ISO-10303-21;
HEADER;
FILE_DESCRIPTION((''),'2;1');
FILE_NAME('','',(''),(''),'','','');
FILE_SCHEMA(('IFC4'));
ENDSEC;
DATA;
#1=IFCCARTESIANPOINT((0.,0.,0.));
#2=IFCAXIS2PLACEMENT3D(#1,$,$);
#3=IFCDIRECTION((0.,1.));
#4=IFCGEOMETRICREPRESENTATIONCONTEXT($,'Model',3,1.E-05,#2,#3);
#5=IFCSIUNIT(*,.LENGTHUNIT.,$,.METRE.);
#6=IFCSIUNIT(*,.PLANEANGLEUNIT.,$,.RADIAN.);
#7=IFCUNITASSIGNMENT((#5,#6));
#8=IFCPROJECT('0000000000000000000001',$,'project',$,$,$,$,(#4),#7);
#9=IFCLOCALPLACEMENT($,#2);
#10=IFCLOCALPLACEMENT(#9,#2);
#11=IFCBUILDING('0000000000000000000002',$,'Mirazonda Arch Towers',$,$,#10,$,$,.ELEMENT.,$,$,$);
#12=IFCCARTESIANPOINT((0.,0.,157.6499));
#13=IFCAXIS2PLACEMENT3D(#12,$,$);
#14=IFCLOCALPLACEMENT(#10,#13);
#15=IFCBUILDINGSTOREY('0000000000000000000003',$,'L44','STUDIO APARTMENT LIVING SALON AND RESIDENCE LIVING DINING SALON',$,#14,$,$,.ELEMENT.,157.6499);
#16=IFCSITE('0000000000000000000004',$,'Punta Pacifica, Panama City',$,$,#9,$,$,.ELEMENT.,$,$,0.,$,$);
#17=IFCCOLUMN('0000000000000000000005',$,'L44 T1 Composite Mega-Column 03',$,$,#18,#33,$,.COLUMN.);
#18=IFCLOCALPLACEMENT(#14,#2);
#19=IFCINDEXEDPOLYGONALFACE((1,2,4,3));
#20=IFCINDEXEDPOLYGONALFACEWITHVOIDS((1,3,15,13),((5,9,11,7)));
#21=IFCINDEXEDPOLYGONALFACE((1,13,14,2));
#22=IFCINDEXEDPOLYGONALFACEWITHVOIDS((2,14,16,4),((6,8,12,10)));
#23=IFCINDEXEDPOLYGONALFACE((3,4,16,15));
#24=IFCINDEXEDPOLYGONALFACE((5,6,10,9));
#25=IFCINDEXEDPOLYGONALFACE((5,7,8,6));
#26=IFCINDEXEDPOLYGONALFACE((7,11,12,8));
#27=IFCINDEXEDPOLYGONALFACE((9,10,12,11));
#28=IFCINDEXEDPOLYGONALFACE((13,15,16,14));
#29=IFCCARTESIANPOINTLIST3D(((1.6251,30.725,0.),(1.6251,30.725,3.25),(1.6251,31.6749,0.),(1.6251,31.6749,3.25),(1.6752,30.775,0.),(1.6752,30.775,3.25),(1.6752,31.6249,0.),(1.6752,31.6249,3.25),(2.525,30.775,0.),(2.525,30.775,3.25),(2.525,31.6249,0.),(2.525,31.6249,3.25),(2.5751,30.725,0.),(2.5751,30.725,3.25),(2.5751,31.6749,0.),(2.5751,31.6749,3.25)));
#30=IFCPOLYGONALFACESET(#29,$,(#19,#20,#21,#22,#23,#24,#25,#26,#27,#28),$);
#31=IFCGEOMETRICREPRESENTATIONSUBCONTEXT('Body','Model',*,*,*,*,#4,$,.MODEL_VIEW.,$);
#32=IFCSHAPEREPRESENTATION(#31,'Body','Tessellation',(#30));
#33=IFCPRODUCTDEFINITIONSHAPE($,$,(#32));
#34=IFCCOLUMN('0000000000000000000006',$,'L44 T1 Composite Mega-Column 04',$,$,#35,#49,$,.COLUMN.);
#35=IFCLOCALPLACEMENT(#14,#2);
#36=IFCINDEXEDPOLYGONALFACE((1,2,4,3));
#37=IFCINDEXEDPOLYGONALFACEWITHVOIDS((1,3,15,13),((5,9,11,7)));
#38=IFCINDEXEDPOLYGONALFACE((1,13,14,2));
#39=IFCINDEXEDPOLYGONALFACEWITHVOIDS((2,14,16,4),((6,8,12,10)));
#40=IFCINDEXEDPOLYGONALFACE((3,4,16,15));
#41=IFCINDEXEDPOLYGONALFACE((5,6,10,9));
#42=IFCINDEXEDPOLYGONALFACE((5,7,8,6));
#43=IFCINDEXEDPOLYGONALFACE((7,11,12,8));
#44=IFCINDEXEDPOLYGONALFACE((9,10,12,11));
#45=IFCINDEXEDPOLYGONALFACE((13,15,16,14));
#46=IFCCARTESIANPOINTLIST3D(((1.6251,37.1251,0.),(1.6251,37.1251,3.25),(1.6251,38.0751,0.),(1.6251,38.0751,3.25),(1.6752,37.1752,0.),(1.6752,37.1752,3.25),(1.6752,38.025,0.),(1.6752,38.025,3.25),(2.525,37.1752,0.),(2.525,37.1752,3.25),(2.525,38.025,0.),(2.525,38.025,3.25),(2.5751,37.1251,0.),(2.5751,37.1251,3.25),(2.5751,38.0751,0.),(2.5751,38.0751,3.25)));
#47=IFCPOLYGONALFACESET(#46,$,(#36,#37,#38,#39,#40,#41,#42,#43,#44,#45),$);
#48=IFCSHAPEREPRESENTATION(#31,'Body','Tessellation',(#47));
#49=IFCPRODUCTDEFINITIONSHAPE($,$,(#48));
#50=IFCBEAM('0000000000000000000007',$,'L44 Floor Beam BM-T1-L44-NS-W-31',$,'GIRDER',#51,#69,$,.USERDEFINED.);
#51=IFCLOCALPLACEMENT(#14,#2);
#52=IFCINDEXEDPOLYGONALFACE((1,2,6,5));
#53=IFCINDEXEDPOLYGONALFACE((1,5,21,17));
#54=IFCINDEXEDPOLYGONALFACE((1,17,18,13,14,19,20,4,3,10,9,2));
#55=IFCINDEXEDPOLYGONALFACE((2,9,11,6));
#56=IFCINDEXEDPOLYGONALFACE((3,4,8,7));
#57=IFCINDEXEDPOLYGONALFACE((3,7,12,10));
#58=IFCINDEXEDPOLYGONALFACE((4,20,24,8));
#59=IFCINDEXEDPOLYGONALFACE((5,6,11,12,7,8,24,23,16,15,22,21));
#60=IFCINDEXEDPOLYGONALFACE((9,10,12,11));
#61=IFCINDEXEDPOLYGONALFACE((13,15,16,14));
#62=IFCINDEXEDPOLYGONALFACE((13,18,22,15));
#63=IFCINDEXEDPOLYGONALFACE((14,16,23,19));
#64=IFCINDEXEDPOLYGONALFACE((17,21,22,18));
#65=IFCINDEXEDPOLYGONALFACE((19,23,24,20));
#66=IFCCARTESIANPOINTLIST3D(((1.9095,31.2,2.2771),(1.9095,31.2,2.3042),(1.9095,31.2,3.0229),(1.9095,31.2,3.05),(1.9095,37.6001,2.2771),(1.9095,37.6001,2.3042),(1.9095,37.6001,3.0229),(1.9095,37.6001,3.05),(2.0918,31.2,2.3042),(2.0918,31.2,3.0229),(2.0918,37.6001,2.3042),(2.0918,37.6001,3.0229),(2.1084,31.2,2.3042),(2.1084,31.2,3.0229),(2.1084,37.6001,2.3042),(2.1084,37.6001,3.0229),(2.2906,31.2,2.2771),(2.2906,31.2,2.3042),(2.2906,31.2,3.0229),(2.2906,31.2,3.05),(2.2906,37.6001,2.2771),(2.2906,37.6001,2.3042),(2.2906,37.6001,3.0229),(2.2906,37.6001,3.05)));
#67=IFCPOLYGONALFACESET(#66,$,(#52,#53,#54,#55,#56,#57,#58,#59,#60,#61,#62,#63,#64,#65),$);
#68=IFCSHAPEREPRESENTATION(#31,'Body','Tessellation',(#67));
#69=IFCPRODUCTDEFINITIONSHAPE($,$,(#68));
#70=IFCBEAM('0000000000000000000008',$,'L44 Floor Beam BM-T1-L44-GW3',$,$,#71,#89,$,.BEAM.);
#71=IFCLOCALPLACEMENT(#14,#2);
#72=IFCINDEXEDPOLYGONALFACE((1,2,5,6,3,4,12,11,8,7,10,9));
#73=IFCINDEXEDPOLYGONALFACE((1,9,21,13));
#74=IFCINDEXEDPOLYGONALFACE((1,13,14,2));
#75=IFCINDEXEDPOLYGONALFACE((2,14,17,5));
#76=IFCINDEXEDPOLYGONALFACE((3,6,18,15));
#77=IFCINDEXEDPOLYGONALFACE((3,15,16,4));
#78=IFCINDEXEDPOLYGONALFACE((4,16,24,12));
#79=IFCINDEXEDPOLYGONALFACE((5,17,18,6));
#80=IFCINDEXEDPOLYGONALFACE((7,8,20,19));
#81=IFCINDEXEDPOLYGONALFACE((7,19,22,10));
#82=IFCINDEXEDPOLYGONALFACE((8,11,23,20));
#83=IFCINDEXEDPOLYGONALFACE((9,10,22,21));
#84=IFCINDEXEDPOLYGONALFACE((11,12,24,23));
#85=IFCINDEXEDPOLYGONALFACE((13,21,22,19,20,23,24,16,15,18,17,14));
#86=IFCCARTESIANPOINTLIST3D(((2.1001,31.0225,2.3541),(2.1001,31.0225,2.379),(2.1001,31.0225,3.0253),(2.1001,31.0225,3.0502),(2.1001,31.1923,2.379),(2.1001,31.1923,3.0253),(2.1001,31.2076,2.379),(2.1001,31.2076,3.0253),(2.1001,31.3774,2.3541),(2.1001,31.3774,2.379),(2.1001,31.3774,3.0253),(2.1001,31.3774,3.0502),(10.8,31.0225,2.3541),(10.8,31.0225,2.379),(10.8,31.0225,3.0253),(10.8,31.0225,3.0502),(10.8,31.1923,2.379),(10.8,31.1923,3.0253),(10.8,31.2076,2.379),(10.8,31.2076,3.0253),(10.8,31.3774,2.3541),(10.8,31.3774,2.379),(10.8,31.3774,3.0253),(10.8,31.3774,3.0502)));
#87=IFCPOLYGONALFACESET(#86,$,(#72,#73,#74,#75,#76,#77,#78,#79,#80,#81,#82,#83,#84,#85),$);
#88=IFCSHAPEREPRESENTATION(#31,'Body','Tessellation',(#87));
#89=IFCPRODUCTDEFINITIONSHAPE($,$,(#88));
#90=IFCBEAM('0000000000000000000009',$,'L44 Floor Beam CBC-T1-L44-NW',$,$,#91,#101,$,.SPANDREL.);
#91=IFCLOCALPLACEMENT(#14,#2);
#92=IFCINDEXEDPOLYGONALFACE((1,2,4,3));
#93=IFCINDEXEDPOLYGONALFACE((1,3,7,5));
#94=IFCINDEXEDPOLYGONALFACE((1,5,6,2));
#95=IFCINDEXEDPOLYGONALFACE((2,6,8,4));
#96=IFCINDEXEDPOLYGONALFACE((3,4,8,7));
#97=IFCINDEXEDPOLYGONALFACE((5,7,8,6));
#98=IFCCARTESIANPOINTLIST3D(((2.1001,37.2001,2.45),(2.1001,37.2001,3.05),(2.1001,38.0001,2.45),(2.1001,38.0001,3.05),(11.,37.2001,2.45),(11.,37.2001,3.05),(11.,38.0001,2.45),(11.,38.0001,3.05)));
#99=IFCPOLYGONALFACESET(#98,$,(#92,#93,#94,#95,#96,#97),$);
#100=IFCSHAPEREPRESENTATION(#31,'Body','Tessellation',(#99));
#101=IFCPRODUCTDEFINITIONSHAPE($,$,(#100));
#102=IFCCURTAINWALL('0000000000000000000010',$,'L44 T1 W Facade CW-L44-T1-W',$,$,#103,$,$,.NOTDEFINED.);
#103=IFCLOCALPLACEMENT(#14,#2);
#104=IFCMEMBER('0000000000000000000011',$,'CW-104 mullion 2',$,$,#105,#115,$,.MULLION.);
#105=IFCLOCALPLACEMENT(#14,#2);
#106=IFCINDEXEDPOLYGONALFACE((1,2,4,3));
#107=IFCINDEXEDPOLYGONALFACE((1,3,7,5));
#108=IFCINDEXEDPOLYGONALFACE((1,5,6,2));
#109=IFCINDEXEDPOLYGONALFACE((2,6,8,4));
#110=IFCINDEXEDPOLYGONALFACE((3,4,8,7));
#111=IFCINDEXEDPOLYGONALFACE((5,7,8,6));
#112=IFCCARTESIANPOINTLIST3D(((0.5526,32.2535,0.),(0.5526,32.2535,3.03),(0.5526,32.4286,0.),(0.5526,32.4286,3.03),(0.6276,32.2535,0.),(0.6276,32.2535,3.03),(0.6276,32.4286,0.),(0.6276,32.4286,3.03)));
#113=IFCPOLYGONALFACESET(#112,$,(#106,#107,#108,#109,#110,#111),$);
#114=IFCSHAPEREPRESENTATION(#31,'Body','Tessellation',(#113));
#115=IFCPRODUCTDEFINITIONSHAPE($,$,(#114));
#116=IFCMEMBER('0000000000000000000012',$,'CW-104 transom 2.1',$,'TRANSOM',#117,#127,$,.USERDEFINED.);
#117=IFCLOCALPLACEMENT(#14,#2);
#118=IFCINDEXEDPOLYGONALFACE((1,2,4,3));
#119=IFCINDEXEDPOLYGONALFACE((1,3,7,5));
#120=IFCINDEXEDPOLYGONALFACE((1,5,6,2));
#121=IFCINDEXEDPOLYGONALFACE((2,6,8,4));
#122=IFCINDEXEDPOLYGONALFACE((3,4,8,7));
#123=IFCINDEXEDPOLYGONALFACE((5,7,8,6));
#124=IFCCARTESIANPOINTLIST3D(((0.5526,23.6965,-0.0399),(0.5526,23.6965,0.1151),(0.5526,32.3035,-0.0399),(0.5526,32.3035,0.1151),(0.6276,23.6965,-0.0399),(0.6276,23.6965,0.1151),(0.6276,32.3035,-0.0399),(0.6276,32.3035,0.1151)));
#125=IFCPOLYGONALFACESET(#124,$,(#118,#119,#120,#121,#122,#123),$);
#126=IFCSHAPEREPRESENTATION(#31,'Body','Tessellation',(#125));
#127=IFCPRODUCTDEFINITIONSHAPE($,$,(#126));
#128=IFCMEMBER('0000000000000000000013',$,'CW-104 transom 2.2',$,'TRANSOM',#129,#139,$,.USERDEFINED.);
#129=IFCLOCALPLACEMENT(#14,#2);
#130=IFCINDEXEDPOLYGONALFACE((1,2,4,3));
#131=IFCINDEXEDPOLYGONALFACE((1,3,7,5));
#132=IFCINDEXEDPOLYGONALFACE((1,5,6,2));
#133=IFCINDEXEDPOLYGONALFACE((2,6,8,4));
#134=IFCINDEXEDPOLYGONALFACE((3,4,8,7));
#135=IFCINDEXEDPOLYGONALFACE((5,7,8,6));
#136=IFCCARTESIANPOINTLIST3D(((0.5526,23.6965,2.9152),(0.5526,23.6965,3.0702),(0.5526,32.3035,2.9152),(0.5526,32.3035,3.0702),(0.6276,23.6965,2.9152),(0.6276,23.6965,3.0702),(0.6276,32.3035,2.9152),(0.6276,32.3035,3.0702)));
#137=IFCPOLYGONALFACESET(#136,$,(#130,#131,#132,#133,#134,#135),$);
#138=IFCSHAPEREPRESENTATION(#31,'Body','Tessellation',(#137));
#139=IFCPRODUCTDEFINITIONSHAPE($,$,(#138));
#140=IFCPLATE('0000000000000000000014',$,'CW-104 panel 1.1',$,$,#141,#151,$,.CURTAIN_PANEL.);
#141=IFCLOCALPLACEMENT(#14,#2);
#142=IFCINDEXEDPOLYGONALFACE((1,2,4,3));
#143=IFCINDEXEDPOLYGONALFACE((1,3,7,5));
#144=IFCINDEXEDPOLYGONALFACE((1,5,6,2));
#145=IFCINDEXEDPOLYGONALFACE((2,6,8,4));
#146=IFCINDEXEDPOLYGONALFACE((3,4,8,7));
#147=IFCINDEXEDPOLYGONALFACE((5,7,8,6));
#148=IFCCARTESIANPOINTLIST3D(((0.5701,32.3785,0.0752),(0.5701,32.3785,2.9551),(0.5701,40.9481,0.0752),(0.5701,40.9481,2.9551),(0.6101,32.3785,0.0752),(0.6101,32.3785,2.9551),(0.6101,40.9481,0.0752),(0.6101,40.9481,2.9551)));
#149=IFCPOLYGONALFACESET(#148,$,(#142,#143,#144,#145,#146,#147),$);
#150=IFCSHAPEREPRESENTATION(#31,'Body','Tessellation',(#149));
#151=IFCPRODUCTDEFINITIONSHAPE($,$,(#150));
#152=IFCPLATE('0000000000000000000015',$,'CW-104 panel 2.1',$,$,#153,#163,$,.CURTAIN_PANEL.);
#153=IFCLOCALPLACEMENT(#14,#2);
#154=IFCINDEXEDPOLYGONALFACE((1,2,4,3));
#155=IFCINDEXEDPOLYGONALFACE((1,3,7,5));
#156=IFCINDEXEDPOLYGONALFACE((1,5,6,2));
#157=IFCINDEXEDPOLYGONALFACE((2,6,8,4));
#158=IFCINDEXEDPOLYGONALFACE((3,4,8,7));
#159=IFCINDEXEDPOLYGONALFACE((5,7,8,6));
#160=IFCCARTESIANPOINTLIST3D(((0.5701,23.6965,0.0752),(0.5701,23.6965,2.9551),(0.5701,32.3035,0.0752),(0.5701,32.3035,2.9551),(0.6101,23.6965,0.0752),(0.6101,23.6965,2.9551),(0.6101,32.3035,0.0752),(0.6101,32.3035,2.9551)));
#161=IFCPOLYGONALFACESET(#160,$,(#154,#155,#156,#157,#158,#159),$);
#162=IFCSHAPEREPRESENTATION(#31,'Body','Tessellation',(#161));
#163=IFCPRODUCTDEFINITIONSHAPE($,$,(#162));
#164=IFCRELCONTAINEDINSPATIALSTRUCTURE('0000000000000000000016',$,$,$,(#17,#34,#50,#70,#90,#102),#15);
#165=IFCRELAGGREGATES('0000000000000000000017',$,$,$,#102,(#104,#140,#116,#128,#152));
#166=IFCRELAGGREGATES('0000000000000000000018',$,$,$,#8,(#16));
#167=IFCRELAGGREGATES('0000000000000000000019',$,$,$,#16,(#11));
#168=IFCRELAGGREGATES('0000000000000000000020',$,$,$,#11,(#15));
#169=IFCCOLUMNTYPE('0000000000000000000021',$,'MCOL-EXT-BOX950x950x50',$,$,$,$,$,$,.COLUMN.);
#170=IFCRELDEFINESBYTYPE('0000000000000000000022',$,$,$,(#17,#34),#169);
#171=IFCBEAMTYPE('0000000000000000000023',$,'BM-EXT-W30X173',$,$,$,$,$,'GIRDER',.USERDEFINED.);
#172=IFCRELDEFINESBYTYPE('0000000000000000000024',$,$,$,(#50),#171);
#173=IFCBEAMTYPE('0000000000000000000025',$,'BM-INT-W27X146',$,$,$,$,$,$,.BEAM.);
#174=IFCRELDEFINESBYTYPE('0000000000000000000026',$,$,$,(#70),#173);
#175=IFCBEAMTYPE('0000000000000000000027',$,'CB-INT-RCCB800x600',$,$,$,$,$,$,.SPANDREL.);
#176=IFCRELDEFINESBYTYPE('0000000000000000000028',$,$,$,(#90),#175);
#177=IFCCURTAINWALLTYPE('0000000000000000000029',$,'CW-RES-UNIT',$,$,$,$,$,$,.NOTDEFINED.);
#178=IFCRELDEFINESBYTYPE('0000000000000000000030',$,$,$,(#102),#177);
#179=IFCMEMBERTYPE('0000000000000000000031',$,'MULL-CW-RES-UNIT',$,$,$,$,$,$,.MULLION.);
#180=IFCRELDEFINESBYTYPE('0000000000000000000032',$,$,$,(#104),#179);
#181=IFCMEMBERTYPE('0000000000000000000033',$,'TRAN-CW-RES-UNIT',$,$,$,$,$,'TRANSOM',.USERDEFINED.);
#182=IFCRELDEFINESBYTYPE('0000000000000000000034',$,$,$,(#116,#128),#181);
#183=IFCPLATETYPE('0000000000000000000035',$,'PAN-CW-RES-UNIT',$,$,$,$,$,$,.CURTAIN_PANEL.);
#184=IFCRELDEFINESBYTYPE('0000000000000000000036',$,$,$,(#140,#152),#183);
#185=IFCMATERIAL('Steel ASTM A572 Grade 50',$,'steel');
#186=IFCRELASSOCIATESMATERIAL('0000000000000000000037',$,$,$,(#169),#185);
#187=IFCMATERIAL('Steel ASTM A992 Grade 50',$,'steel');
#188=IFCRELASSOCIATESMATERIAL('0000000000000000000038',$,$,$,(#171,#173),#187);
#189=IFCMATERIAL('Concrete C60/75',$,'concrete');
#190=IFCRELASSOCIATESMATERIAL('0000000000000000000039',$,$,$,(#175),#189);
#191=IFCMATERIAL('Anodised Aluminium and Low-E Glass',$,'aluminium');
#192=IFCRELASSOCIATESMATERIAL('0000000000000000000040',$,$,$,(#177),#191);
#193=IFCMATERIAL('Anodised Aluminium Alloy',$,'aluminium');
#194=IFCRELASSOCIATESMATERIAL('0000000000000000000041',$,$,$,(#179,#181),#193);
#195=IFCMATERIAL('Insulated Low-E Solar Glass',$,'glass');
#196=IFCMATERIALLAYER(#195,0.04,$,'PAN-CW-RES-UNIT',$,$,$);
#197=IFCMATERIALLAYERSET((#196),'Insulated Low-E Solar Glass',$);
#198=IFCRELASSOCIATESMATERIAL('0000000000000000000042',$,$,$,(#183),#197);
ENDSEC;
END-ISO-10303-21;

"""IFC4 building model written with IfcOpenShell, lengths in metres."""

from ifc_helpers import new_model, si_unit, direction, frame, origin, origin_2d, place, context, subcontext, project, spatial, rectangle, hollow_rectangle, i_section, extrude, material, layer, layer_set, material_profile, profile_set, type_object, element, aggregate, save


model = new_model("IFC4")

# Units and contexts
model_context = context("Model", 3, precision=1e-05, world=origin(), true_north=direction((0.0, 1.0)))
body_context = subcontext(model_context, "Body", "Model", "MODEL_VIEW")
ifc_project = project(units=[si_unit("LENGTHUNIT", "METRE"), si_unit("PLANEANGLEUNIT", "RADIAN")], contexts=[model_context])

# Site, building, storey
site_placement = place(None, origin())
site = spatial("IfcSite", under=ifc_project, at=site_placement, Name="Punta Pacifica, Panama City", CompositionType="ELEMENT", RefElevation=0.0)
building_placement = place(site_placement, origin())
building = spatial("IfcBuilding", under=site, at=building_placement, Name="Mirazonda Arch Towers", CompositionType="ELEMENT")
storey_placement = place(building_placement, frame((0.0, 0.0, 157.6499)))
storey = spatial("IfcBuildingStorey", under=building, at=storey_placement, Name="L44", Description="STUDIO APARTMENT LIVING SALON AND RESIDENCE LIVING DINING SALON", CompositionType="ELEMENT", Elevation=157.6499)

# Columns
ifc_material_1 = material(Name="Steel ASTM A572 Grade 50", Category="steel")
ifc_material_profile_1 = material_profile(ifc_material_1, hollow_rectangle(XDim=0.95, YDim=0.95, WallThickness=0.05, at=origin_2d()), Name="BOX950x950x50")
ifc_profile_set_1 = profile_set([ifc_material_profile_1], Name="Steel ASTM A572 Grade 50")
column_type = type_object("IfcColumnType", Name="MCOL-EXT-BOX950x950x50", PredefinedType="COLUMN", material=ifc_profile_set_1)
for number, where, z_axis, x_axis, name in (
    (1, (2.1001, 31.2, 0.0), (0.0, 0.0, 1.0), (1.0, 0.0, 0.0), "L44 T1 Composite Mega-Column 03"),
    (2, (2.1001, 37.6001, 0.0), (0.0, 0.0, 1.0), (1.0, 0.0, 0.0), "L44 T1 Composite Mega-Column 04"),
):
    element("IfcColumn", number, at=place(storey_placement, frame(where, z_axis=z_axis, x_axis=x_axis)), inside=storey, type_object=column_type, Name=name, PredefinedType="COLUMN", context=body_context, shape_type="SweptSolid", body=[
        extrude(hollow_rectangle(XDim=0.95, YDim=0.95, WallThickness=0.05, at=origin_2d()), origin(), (0.0, 0.0, 1.0), 3.25),
    ])

# Beams
ifc_material_2 = material(Name="Steel ASTM A992 Grade 50", Category="steel")
ifc_material_profile_2 = material_profile(ifc_material_2, i_section(OverallWidth=0.3811, OverallDepth=0.7729, WebThickness=0.0166, FlangeThickness=0.0271, at=origin_2d()), Name="W30X173")
ifc_profile_set_2 = profile_set([ifc_material_profile_2], Name="Steel ASTM A992 Grade 50")
beam_type_1 = type_object("IfcBeamType", Name="BM-EXT-W30X173", ElementType="GIRDER", PredefinedType="USERDEFINED", material=ifc_profile_set_2)
beam_1_placement = place(storey_placement, frame((2.1001, 31.2, 2.6636), z_axis=(0.0, 1.0, 0.0), x_axis=(-1.0, 0.0, 0.0)))
element("IfcBeam", 3, at=beam_1_placement, inside=storey, type_object=beam_type_1, Name="L44 Floor Beam BM-T1-L44-NS-W-31", ObjectType="GIRDER", PredefinedType="USERDEFINED", context=body_context, shape_type="SweptSolid", body=[
    extrude(i_section(OverallWidth=0.3811, OverallDepth=0.7729, WebThickness=0.0166, FlangeThickness=0.0271, at=origin_2d()), origin(), (0.0, 0.0, 1.0), 6.4001),
])
ifc_material_profile_3 = material_profile(ifc_material_2, i_section(OverallWidth=0.355, OverallDepth=0.696, WebThickness=0.0154, FlangeThickness=0.0249, at=origin_2d()), Name="W27X146")
ifc_profile_set_3 = profile_set([ifc_material_profile_3], Name="Steel ASTM A992 Grade 50")
beam_type_2 = type_object("IfcBeamType", Name="BM-INT-W27X146", PredefinedType="BEAM", material=ifc_profile_set_3)
beam_2_placement = place(storey_placement, frame((2.1001, 31.2, 2.7021), z_axis=(1.0, 0.0, 0.0), x_axis=(0.0, 1.0, 0.0)))
element("IfcBeam", 4, at=beam_2_placement, inside=storey, type_object=beam_type_2, Name="L44 Floor Beam BM-T1-L44-GW3", PredefinedType="BEAM", context=body_context, shape_type="SweptSolid", body=[
    extrude(i_section(OverallWidth=0.355, OverallDepth=0.696, WebThickness=0.0154, FlangeThickness=0.0249, at=origin_2d()), origin(), (0.0, 0.0, 1.0), 8.7),
])
ifc_material_3 = material(Name="Concrete C60/75", Category="concrete")
ifc_material_profile_4 = material_profile(ifc_material_3, rectangle(XDim=0.8, YDim=0.6001, at=origin_2d()), Name="RCCB800x600")
ifc_profile_set_4 = profile_set([ifc_material_profile_4], Name="Concrete C60/75")
beam_type_3 = type_object("IfcBeamType", Name="CB-INT-RCCB800x600", PredefinedType="SPANDREL", material=ifc_profile_set_4)
beam_3_placement = place(storey_placement, frame((2.1001, 37.6001, 2.75), z_axis=(1.0, 0.0, 0.0), x_axis=(0.0, 1.0, 0.0)))
element("IfcBeam", 5, at=beam_3_placement, inside=storey, type_object=beam_type_3, Name="L44 Floor Beam CBC-T1-L44-NW", PredefinedType="SPANDREL", context=body_context, shape_type="SweptSolid", body=[
    extrude(rectangle(XDim=0.8, YDim=0.6001, at=origin_2d()), origin(), (0.0, 0.0, 1.0), 8.8999),
])

# Curtain wall, members, plates
ifc_material_4 = material(Name="Anodised Aluminium and Low-E Glass", Category="aluminium")
curtain_wall_type = type_object("IfcCurtainWallType", Name="CW-RES-UNIT", PredefinedType="NOTDEFINED", material=ifc_material_4)
curtain_wall_placement = place(storey_placement, origin())
curtain_wall = element("IfcCurtainWall", 6, at=curtain_wall_placement, inside=storey, type_object=curtain_wall_type, Name="L44 T1 W Facade CW-L44-T1-W", PredefinedType="NOTDEFINED")
ifc_material_5 = material(Name="Anodised Aluminium Alloy", Category="aluminium")
ifc_material_profile_5 = material_profile(ifc_material_5, rectangle(XDim=0.075, YDim=0.175, at=origin_2d()), Name="ALU-MULL-75x175")
ifc_profile_set_5 = profile_set([ifc_material_profile_5], Name="Anodised Aluminium Alloy")
member_type_1 = type_object("IfcMemberType", Name="MULL-CW-RES-UNIT", PredefinedType="MULLION", material=ifc_profile_set_5)
member_1_placement = place(storey_placement, frame((0.5901, 32.3411, 0.0), z_axis=(0.0, 0.0, 1.0), x_axis=(1.0, 0.0, 0.0)))
member_1 = element("IfcMember", 7, at=member_1_placement, type_object=member_type_1, Name="CW-104 mullion 2", PredefinedType="MULLION", context=body_context, shape_type="SweptSolid", body=[
    extrude(rectangle(XDim=0.075, YDim=0.175, at=origin_2d()), origin(), (0.0, 0.0, 1.0), 3.03),
])
ifc_material_profile_6 = material_profile(ifc_material_5, rectangle(XDim=0.075, YDim=0.155, at=origin_2d()), Name="ALU-TRAN-75x155")
ifc_profile_set_6 = profile_set([ifc_material_profile_6], Name="Anodised Aluminium Alloy")
member_type_2 = type_object("IfcMemberType", Name="TRAN-CW-RES-UNIT", ElementType="TRANSOM", PredefinedType="USERDEFINED", material=ifc_profile_set_6)
member_2_placement = place(storey_placement, frame((0.5901, 32.3035, 0.0376), z_axis=(0.0, -1.0, 0.0), x_axis=(1.0, 0.0, 0.0)))
member_2 = element("IfcMember", 8, at=member_2_placement, type_object=member_type_2, Name="CW-104 transom 2.1", ObjectType="TRANSOM", PredefinedType="USERDEFINED", context=body_context, shape_type="SweptSolid", body=[
    extrude(rectangle(XDim=0.075, YDim=0.155, at=origin_2d()), origin(), (0.0, 0.0, 1.0), 8.6069),
])
member_3_placement = place(storey_placement, frame((0.5901, 32.3035, 2.9927), z_axis=(0.0, -1.0, 0.0), x_axis=(1.0, 0.0, 0.0)))
member_3 = element("IfcMember", 9, at=member_3_placement, type_object=member_type_2, Name="CW-104 transom 2.2", ObjectType="TRANSOM", PredefinedType="USERDEFINED", context=body_context, shape_type="SweptSolid", body=[
    extrude(rectangle(XDim=0.075, YDim=0.155, at=origin_2d()), origin(), (0.0, 0.0, 1.0), 8.6069),
])
ifc_material_6 = material(Name="Insulated Low-E Solar Glass", Category="glass")
ifc_layer_1 = layer(ifc_material_6, 0.04, Name="PAN-CW-RES-UNIT")
ifc_layer_set_1 = layer_set([ifc_layer_1], Name="Insulated Low-E Solar Glass")
plate_type = type_object("IfcPlateType", Name="PAN-CW-RES-UNIT", PredefinedType="CURTAIN_PANEL", material=ifc_layer_set_1)
plate_1_placement = place(storey_placement, frame((0.5901, 36.6633, 0.0752), z_axis=(0.0, 0.0, 1.0), x_axis=(0.0, -1.0, 0.0)))
plate_1 = element("IfcPlate", 10, at=plate_1_placement, type_object=plate_type, Name="CW-104 panel 1.1", PredefinedType="CURTAIN_PANEL", context=body_context, shape_type="SweptSolid", body=[
    extrude(rectangle(XDim=8.5696, YDim=0.04, at=origin_2d()), origin(), (0.0, 0.0, 1.0), 2.8799),
])
plate_2_placement = place(storey_placement, frame((0.5901, 28.0, 0.0752), z_axis=(0.0, 0.0, 1.0), x_axis=(0.0, -1.0, 0.0)))
plate_2 = element("IfcPlate", 11, at=plate_2_placement, type_object=plate_type, Name="CW-104 panel 2.1", PredefinedType="CURTAIN_PANEL", context=body_context, shape_type="SweptSolid", body=[
    extrude(rectangle(XDim=8.6069, YDim=0.04, at=origin_2d()), origin(), (0.0, 0.0, 1.0), 2.8799),
])
aggregate(curtain_wall, [member_1, plate_1, member_2, member_3, plate_2])

save(model, "model.ifc")
